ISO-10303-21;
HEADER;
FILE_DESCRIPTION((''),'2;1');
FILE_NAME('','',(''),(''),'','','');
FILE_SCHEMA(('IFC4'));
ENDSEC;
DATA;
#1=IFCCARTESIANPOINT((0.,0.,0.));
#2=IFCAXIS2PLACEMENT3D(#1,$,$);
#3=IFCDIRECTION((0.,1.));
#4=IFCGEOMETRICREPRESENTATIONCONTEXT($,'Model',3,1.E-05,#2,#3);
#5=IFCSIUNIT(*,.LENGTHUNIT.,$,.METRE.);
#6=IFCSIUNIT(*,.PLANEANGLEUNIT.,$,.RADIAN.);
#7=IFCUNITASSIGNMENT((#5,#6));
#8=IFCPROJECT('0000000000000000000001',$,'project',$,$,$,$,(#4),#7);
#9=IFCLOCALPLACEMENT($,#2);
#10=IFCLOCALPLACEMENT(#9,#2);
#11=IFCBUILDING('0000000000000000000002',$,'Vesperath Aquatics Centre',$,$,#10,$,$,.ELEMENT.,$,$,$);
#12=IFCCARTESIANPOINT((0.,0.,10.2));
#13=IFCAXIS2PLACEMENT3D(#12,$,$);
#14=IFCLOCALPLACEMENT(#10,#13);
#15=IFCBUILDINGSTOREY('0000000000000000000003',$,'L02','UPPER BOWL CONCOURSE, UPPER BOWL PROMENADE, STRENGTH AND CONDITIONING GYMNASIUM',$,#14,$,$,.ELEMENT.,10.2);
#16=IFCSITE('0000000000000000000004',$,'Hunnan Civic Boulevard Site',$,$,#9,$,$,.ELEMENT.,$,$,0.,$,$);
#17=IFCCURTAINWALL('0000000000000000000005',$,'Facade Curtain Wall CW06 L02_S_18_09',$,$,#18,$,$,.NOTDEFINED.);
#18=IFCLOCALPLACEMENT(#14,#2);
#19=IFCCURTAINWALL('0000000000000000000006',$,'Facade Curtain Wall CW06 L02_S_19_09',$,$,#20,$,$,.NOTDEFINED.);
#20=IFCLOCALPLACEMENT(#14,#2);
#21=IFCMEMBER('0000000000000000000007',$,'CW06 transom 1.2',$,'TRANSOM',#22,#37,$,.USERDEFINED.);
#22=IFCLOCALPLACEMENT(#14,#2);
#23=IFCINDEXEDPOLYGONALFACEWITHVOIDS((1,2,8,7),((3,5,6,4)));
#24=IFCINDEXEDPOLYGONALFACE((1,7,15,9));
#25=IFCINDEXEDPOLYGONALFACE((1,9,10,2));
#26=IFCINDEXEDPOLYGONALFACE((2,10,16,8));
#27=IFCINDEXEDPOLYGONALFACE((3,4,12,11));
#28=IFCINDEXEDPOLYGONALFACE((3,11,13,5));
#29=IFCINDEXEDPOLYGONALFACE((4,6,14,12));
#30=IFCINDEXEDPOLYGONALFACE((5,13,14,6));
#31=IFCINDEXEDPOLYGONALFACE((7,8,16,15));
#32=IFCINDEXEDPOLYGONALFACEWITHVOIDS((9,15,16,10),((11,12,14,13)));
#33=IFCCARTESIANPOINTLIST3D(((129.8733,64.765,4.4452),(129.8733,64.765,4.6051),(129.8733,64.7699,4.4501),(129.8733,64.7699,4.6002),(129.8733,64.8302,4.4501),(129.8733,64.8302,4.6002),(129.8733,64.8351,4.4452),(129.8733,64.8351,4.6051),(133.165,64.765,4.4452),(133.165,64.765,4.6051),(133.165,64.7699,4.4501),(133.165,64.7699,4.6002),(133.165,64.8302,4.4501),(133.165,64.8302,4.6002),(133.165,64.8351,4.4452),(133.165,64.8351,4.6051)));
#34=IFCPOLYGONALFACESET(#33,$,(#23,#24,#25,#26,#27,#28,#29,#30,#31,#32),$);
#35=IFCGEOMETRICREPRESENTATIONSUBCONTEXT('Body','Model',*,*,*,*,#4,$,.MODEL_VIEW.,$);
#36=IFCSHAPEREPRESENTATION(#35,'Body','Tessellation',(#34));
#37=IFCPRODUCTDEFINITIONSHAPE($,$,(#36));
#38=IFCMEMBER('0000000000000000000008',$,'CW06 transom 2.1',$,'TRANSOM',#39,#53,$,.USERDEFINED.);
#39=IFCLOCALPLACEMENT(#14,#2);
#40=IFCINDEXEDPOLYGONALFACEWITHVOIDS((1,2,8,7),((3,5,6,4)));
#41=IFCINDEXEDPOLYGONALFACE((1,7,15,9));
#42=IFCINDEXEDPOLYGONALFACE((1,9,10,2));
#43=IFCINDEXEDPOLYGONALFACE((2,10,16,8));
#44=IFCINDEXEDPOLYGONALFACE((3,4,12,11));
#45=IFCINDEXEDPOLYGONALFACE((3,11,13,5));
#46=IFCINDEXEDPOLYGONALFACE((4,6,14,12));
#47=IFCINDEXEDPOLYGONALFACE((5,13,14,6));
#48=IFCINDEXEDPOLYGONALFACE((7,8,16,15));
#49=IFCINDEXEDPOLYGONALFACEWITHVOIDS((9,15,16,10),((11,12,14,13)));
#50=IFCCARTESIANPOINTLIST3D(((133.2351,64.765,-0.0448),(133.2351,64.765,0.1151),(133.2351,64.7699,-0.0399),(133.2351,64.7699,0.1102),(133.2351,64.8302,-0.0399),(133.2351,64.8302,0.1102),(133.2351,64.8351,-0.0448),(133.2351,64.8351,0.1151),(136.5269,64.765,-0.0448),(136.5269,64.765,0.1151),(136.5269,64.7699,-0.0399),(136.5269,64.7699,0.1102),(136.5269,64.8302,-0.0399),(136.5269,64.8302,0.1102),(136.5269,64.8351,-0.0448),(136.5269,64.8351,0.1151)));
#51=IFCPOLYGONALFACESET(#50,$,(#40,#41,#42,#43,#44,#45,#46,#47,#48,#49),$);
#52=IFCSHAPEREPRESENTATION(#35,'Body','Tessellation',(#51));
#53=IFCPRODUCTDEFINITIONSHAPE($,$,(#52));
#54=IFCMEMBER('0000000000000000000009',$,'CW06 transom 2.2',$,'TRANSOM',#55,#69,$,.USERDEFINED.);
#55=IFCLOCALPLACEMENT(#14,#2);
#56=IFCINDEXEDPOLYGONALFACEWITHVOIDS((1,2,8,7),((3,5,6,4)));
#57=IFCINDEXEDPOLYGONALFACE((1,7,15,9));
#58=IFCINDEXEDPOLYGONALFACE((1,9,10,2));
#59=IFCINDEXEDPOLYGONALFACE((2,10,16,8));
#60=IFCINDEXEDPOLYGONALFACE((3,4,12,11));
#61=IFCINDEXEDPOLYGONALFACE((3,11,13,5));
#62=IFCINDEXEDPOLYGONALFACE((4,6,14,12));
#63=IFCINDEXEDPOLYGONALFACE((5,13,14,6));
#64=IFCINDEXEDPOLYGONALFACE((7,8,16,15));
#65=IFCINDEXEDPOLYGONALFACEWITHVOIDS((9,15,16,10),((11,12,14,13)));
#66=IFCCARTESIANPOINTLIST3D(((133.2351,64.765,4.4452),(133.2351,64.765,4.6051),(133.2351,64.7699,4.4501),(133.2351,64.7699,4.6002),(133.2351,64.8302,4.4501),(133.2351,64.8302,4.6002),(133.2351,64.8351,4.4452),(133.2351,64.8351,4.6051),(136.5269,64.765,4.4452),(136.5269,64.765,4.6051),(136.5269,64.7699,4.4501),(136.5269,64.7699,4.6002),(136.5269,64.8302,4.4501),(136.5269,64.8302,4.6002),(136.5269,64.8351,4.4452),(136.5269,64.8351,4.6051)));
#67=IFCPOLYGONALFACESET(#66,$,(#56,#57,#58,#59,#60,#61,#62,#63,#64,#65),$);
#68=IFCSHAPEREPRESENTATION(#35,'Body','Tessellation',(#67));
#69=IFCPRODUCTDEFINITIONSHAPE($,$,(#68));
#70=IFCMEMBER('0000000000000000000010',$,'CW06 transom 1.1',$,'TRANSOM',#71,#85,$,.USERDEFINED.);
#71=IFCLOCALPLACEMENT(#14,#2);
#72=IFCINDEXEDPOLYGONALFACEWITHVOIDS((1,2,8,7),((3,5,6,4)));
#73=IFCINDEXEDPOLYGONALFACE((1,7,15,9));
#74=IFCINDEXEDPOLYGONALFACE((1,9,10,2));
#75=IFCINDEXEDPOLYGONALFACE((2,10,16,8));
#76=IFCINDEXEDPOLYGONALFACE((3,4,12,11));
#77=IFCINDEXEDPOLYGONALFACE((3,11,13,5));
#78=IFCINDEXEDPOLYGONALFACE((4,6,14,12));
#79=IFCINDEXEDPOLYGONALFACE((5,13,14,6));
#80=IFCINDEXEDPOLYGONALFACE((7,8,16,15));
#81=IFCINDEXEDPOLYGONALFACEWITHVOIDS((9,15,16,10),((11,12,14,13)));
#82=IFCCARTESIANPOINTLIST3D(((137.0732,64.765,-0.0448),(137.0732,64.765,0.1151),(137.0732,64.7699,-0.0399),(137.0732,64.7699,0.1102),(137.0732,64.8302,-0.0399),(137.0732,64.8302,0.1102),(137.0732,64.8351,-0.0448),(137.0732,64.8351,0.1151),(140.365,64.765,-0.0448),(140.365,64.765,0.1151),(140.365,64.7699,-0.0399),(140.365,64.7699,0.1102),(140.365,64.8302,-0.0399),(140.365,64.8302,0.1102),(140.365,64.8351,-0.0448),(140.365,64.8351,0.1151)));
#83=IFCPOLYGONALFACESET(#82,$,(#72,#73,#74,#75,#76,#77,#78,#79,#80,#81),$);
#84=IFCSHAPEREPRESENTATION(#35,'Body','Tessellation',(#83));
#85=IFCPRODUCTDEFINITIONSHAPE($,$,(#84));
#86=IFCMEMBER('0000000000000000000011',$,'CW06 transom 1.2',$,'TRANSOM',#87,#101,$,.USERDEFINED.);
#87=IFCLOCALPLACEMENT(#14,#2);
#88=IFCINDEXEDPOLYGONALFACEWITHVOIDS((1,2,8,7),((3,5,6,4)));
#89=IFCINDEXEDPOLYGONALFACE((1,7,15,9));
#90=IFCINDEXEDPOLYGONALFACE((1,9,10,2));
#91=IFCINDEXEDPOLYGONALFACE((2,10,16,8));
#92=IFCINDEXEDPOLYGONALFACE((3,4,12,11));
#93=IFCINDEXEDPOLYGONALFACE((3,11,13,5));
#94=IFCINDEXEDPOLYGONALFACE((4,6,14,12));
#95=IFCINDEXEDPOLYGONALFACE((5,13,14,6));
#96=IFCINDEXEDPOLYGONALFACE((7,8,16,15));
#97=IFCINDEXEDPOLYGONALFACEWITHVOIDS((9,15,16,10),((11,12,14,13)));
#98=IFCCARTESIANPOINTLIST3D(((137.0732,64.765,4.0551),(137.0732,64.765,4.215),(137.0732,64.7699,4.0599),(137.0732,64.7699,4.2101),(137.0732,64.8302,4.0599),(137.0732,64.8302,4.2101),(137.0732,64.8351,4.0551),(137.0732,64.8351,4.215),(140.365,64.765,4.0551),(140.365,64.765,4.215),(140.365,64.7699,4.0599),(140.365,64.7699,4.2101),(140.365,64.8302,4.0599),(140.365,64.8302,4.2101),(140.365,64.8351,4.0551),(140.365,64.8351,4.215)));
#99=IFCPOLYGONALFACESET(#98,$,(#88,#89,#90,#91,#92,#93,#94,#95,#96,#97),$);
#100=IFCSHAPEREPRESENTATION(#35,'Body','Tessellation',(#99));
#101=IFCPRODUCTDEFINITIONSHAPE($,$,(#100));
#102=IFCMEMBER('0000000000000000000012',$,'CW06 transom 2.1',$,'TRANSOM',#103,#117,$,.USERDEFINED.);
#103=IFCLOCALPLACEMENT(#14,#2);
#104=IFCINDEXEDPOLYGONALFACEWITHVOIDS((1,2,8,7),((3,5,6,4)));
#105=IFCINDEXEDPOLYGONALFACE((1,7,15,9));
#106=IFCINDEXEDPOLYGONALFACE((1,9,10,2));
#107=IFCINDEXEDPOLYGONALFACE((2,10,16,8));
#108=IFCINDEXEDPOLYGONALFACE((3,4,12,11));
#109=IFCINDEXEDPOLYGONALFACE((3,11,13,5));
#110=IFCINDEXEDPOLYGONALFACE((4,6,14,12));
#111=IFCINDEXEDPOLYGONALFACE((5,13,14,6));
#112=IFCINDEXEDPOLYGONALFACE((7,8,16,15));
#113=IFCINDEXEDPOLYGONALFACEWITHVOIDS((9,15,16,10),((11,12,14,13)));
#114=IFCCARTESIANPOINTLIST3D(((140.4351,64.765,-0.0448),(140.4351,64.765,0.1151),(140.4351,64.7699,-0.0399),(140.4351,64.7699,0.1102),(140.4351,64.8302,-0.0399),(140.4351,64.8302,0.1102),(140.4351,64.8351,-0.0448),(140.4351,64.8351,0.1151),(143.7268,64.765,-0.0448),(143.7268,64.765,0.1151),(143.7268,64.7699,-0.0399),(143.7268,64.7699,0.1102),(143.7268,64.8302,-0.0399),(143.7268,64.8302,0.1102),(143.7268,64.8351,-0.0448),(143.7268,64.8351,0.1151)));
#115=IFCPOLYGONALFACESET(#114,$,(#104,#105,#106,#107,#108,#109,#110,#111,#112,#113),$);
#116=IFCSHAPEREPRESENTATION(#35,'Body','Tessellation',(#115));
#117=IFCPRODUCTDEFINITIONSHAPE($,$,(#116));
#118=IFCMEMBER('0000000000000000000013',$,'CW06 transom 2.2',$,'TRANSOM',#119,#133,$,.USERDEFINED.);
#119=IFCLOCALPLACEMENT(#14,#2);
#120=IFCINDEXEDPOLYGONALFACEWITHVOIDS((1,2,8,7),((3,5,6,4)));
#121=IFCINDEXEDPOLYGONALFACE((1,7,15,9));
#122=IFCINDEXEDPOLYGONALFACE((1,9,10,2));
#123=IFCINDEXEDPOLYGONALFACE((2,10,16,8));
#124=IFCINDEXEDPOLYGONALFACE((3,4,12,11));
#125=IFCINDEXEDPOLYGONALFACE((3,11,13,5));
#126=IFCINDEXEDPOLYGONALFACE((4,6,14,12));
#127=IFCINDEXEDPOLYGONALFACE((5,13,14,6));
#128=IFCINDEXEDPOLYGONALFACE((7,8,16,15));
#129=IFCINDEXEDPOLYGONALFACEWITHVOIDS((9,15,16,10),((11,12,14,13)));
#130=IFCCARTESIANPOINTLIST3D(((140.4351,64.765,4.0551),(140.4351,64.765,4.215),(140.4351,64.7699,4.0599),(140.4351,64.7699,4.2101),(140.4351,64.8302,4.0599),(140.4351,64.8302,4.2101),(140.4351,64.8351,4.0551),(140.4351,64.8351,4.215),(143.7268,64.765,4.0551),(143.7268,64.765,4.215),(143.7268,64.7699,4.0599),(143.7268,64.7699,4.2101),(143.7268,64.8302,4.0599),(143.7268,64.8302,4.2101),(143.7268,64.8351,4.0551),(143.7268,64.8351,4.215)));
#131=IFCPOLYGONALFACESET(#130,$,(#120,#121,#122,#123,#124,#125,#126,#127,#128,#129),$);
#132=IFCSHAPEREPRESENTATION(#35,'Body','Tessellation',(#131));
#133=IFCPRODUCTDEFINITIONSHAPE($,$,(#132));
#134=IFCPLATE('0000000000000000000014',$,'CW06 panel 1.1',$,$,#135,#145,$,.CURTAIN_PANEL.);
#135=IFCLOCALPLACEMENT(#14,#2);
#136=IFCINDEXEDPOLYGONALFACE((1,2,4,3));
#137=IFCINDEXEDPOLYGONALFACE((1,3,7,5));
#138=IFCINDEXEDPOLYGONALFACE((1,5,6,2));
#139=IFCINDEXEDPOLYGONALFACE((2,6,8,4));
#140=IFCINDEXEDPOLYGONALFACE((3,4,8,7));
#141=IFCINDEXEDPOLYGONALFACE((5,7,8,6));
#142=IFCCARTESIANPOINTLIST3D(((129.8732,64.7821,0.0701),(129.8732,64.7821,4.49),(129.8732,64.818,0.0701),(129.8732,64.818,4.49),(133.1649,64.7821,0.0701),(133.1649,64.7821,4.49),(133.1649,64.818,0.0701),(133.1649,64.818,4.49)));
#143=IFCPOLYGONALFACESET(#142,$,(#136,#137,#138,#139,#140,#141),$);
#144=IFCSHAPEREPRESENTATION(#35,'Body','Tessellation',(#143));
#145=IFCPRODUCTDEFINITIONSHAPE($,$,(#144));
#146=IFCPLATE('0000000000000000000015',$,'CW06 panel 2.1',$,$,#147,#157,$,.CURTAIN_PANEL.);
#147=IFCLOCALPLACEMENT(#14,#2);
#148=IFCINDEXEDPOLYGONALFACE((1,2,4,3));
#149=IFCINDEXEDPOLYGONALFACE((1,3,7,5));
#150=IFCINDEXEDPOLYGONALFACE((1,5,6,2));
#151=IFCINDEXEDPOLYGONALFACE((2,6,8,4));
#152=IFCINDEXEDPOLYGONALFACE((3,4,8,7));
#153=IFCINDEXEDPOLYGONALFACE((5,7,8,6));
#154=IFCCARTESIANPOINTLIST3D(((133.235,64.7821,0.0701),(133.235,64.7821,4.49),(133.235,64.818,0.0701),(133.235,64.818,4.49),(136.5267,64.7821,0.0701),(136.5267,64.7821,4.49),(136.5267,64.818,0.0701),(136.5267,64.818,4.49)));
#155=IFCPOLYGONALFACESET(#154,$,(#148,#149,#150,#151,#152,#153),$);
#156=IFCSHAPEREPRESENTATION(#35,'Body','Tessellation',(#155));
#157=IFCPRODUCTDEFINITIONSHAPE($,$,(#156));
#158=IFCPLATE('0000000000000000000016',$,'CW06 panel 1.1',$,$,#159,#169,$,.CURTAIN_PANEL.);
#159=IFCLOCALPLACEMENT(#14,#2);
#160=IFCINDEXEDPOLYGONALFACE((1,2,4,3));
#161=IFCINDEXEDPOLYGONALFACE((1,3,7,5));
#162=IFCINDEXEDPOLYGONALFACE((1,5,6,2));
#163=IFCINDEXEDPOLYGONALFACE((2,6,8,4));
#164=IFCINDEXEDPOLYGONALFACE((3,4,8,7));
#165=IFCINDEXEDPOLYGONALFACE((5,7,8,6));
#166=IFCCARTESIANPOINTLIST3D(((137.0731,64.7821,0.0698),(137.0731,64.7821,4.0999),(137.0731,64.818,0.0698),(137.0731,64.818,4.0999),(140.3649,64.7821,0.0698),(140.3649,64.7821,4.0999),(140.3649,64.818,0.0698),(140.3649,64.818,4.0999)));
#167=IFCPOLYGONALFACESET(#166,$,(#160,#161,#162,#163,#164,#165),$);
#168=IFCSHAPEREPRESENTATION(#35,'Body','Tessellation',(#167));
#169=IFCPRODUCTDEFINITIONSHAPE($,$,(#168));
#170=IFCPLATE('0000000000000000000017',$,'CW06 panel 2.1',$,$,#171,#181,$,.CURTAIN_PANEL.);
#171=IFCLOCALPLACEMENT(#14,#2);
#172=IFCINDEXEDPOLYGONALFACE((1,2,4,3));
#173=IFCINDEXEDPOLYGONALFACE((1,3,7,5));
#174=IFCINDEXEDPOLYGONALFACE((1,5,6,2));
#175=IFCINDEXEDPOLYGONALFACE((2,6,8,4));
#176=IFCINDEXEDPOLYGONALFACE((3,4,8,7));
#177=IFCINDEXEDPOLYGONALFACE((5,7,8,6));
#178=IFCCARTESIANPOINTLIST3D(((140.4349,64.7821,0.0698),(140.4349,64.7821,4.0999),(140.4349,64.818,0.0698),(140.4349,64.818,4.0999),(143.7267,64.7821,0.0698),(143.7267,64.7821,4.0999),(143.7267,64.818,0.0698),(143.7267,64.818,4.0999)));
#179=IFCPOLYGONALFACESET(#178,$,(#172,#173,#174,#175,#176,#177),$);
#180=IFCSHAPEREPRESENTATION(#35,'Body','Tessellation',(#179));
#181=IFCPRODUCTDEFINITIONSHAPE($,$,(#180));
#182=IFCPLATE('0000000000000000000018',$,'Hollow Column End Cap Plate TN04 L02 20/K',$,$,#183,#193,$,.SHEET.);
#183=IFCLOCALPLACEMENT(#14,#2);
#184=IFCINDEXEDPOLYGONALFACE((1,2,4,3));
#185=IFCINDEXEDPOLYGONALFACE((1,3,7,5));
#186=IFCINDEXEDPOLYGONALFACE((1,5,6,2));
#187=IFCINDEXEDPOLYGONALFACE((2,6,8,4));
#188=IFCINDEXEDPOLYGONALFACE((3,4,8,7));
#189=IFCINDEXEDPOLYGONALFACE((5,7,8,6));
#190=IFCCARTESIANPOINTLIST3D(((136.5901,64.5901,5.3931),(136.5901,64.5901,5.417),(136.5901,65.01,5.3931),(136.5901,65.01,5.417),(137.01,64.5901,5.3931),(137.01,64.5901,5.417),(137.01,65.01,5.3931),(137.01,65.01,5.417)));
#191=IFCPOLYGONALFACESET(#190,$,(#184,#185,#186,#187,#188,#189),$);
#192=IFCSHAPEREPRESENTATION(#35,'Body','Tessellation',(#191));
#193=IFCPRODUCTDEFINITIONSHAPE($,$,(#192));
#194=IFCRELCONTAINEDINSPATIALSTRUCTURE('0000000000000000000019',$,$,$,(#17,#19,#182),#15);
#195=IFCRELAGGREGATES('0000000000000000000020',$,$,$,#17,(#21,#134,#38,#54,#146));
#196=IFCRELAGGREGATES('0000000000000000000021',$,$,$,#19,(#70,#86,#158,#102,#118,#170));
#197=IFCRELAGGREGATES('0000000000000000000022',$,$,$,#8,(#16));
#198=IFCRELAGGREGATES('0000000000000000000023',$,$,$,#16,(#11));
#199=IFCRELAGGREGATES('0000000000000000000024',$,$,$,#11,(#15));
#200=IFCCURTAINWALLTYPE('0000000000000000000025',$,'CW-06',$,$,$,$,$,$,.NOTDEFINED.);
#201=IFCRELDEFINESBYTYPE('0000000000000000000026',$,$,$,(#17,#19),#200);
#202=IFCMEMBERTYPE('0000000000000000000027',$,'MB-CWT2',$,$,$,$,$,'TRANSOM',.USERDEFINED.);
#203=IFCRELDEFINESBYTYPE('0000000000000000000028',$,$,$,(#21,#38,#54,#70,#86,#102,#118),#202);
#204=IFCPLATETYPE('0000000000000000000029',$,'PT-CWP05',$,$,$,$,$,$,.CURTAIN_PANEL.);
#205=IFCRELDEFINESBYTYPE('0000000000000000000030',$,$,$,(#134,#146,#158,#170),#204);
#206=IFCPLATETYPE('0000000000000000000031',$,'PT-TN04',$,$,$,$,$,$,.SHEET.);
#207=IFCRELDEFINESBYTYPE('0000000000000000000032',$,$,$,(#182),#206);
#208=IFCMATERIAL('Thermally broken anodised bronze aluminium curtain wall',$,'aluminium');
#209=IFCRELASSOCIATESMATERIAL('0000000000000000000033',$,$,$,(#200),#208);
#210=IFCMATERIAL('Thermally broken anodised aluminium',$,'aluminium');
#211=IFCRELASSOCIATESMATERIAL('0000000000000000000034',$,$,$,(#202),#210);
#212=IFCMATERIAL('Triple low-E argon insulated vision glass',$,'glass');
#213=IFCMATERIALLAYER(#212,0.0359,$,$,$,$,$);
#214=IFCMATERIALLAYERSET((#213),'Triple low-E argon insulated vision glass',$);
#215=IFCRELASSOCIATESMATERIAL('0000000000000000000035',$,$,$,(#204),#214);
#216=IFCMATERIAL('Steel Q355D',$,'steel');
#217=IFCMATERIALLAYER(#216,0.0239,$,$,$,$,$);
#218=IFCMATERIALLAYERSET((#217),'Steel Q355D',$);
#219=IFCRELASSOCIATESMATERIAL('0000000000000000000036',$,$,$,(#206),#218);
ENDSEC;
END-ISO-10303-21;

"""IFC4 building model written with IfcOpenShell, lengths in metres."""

from ifc_helpers import new_model, si_unit, direction, frame, origin, origin_2d, place, context, subcontext, project, spatial, rectangle, hollow_rectangle, extrude, material, layer, layer_set, material_profile, profile_set, type_object, element, aggregate, save


model = new_model("IFC4")

# Units and contexts
model_context = context("Model", 3, precision=1e-05, world=origin(), true_north=direction((0.0, 1.0)))
body_context = subcontext(model_context, "Body", "Model", "MODEL_VIEW")
ifc_project = project(units=[si_unit("LENGTHUNIT", "METRE"), si_unit("PLANEANGLEUNIT", "RADIAN")], contexts=[model_context])

# Site, building, storey
site_placement = place(None, origin())
site = spatial("IfcSite", under=ifc_project, at=site_placement, Name="Hunnan Civic Boulevard Site", CompositionType="ELEMENT", RefElevation=0.0)
building_placement = place(site_placement, origin())
building = spatial("IfcBuilding", under=site, at=building_placement, Name="Vesperath Aquatics Centre", CompositionType="ELEMENT")
storey_placement = place(building_placement, frame((0.0, 0.0, 10.2)))
storey = spatial("IfcBuildingStorey", under=building, at=storey_placement, Name="L02", Description="UPPER BOWL CONCOURSE, UPPER BOWL PROMENADE, STRENGTH AND CONDITIONING GYMNASIUM", CompositionType="ELEMENT", Elevation=10.2)

# Shared definitions
ifc_material_1 = material(Name="Steel Q355D", Category="steel")

# Curtain walls
ifc_material_2 = material(Name="Thermally broken anodised bronze aluminium curtain wall", Category="aluminium")
curtain_wall_type = type_object("IfcCurtainWallType", Name="CW-06", PredefinedType="NOTDEFINED", material=ifc_material_2)
curtain_wall_1_placement = place(storey_placement, origin())
curtain_wall_1 = element("IfcCurtainWall", 1, at=curtain_wall_1_placement, inside=storey, type_object=curtain_wall_type, Name="Facade Curtain Wall CW06 L02_S_18_09", PredefinedType="NOTDEFINED")
ifc_material_3 = material(Name="Thermally broken anodised aluminium", Category="aluminium")
curtain_wall_2_placement = place(storey_placement, origin())
curtain_wall_2 = element("IfcCurtainWall", 2, at=curtain_wall_2_placement, inside=storey, type_object=curtain_wall_type, Name="Facade Curtain Wall CW06 L02_S_19_09", PredefinedType="NOTDEFINED")

# Members
ifc_material_profile_1 = material_profile(ifc_material_3, hollow_rectangle(XDim=0.0701, YDim=0.1599, WallThickness=0.0049, at=origin_2d()), Name="CWT 70x160x5")
ifc_profile_set_1 = profile_set([ifc_material_profile_1], Name="Thermally broken anodised aluminium")
member_type_1 = type_object("IfcMemberType", Name="MB-CWT2", ElementType="TRANSOM", PredefinedType="USERDEFINED", material=ifc_profile_set_1)
member_1_placement = place(storey_placement, frame((129.8733, 64.8, 4.5251), z_axis=(1.0, 0.0, 0.0), x_axis=(0.0, 1.0, 0.0)))
member_1 = element("IfcMember", 3, at=member_1_placement, type_object=member_type_1, Name="CW06 transom 1.2", ObjectType="TRANSOM", PredefinedType="USERDEFINED", context=body_context, shape_type="SweptSolid", body=[
    extrude(hollow_rectangle(XDim=0.0701, YDim=0.1599, WallThickness=0.0049, at=origin_2d()), origin(), (0.0, 0.0, 1.0), 3.2917),
])
member_2_placement = place(storey_placement, frame((133.2351, 64.8, 0.0352), z_axis=(1.0, 0.0, 0.0), x_axis=(0.0, 1.0, 0.0)))
member_2 = element("IfcMember", 4, at=member_2_placement, type_object=member_type_1, Name="CW06 transom 2.1", ObjectType="TRANSOM", PredefinedType="USERDEFINED", context=body_context, shape_type="SweptSolid", body=[
    extrude(hollow_rectangle(XDim=0.0701, YDim=0.1599, WallThickness=0.0049, at=origin_2d()), origin(), (0.0, 0.0, 1.0), 3.2917),
])
member_3_placement = place(storey_placement, frame((133.2351, 64.8, 4.5251), z_axis=(1.0, 0.0, 0.0), x_axis=(0.0, 1.0, 0.0)))
member_3 = element("IfcMember", 5, at=member_3_placement, type_object=member_type_1, Name="CW06 transom 2.2", ObjectType="TRANSOM", PredefinedType="USERDEFINED", context=body_context, shape_type="SweptSolid", body=[
    extrude(hollow_rectangle(XDim=0.0701, YDim=0.1599, WallThickness=0.0049, at=origin_2d()), origin(), (0.0, 0.0, 1.0), 3.2917),
])
member_4_placement = place(storey_placement, frame((137.0732, 64.8, 0.0352), z_axis=(1.0, 0.0, 0.0), x_axis=(0.0, 1.0, 0.0)))
member_4 = element("IfcMember", 6, at=member_4_placement, type_object=member_type_1, Name="CW06 transom 1.1", ObjectType="TRANSOM", PredefinedType="USERDEFINED", context=body_context, shape_type="SweptSolid", body=[
    extrude(hollow_rectangle(XDim=0.0701, YDim=0.1599, WallThickness=0.0049, at=origin_2d()), origin(), (0.0, 0.0, 1.0), 3.2917),
])
member_5_placement = place(storey_placement, frame((137.0732, 64.8, 4.135), z_axis=(1.0, 0.0, 0.0), x_axis=(0.0, 1.0, 0.0)))
member_5 = element("IfcMember", 7, at=member_5_placement, type_object=member_type_1, Name="CW06 transom 1.2", ObjectType="TRANSOM", PredefinedType="USERDEFINED", context=body_context, shape_type="SweptSolid", body=[
    extrude(hollow_rectangle(XDim=0.0701, YDim=0.1599, WallThickness=0.0049, at=origin_2d()), origin(), (0.0, 0.0, 1.0), 3.2917),
])
member_6_placement = place(storey_placement, frame((140.4351, 64.8, 0.0352), z_axis=(1.0, 0.0, 0.0), x_axis=(0.0, 1.0, 0.0)))
member_6 = element("IfcMember", 8, at=member_6_placement, type_object=member_type_1, Name="CW06 transom 2.1", ObjectType="TRANSOM", PredefinedType="USERDEFINED", context=body_context, shape_type="SweptSolid", body=[
    extrude(hollow_rectangle(XDim=0.0701, YDim=0.1599, WallThickness=0.0049, at=origin_2d()), origin(), (0.0, 0.0, 1.0), 3.2917),
])
member_7_placement = place(storey_placement, frame((140.4351, 64.8, 4.135), z_axis=(1.0, 0.0, 0.0), x_axis=(0.0, 1.0, 0.0)))
member_7 = element("IfcMember", 9, at=member_7_placement, type_object=member_type_1, Name="CW06 transom 2.2", ObjectType="TRANSOM", PredefinedType="USERDEFINED", context=body_context, shape_type="SweptSolid", body=[
    extrude(hollow_rectangle(XDim=0.0701, YDim=0.1599, WallThickness=0.0049, at=origin_2d()), origin(), (0.0, 0.0, 1.0), 3.2917),
])

# Plates
ifc_material_4 = material(Name="Triple low-E argon insulated vision glass", Category="glass")
ifc_layer_1 = layer(ifc_material_4, 0.0359)
ifc_layer_set_1 = layer_set([ifc_layer_1], Name="Triple low-E argon insulated vision glass")
plate_type_1 = type_object("IfcPlateType", Name="PT-CWP05", PredefinedType="CURTAIN_PANEL", material=ifc_layer_set_1)
plate_1_placement = place(storey_placement, frame((131.519, 64.8, 0.0701), z_axis=(0.0, 0.0, 1.0), x_axis=(1.0, 0.0, 0.0)))
plate_1 = element("IfcPlate", 10, at=plate_1_placement, type_object=plate_type_1, Name="CW06 panel 1.1", PredefinedType="CURTAIN_PANEL", context=body_context, shape_type="SweptSolid", body=[
    extrude(rectangle(XDim=3.2917, YDim=0.0359, at=origin_2d()), origin(), (0.0, 0.0, 1.0), 4.4199),
])
plate_2_placement = place(storey_placement, frame((134.8809, 64.8, 0.0701), z_axis=(0.0, 0.0, 1.0), x_axis=(1.0, 0.0, 0.0)))
plate_2 = element("IfcPlate", 11, at=plate_2_placement, type_object=plate_type_1, Name="CW06 panel 2.1", PredefinedType="CURTAIN_PANEL", context=body_context, shape_type="SweptSolid", body=[
    extrude(rectangle(XDim=3.2917, YDim=0.0359, at=origin_2d()), origin(), (0.0, 0.0, 1.0), 4.4199),
])
aggregate(curtain_wall_1, [member_1, plate_1, member_2, member_3, plate_2])
plate_3_placement = place(storey_placement, frame((138.719, 64.8, 0.0698), z_axis=(0.0, 0.0, 1.0), x_axis=(1.0, 0.0, 0.0)))
plate_3 = element("IfcPlate", 12, at=plate_3_placement, type_object=plate_type_1, Name="CW06 panel 1.1", PredefinedType="CURTAIN_PANEL", context=body_context, shape_type="SweptSolid", body=[
    extrude(rectangle(XDim=3.2917, YDim=0.0359, at=origin_2d()), origin(), (0.0, 0.0, 1.0), 4.03),
])
plate_4_placement = place(storey_placement, frame((142.0808, 64.8, 0.0698), z_axis=(0.0, 0.0, 1.0), x_axis=(1.0, 0.0, 0.0)))
plate_4 = element("IfcPlate", 13, at=plate_4_placement, type_object=plate_type_1, Name="CW06 panel 2.1", PredefinedType="CURTAIN_PANEL", context=body_context, shape_type="SweptSolid", body=[
    extrude(rectangle(XDim=3.2917, YDim=0.0359, at=origin_2d()), origin(), (0.0, 0.0, 1.0), 4.03),
])
aggregate(curtain_wall_2, [member_4, member_5, plate_3, member_6, member_7, plate_4])

# Plate
ifc_layer_2 = layer(ifc_material_1, 0.0239)
ifc_layer_set_2 = layer_set([ifc_layer_2], Name="Steel Q355D")
plate_type_2 = type_object("IfcPlateType", Name="PT-TN04", PredefinedType="SHEET", material=ifc_layer_set_2)
for number, where, z_axis, x_axis, name in (
    (14, (136.8, 64.8, 5.3931), (0.0, 0.0, 1.0), (1.0, 0.0, 0.0), "Hollow Column End Cap Plate TN04 L02 20/K"),
):
    element("IfcPlate", number, at=place(storey_placement, frame(where, z_axis=z_axis, x_axis=x_axis)), inside=storey, type_object=plate_type_2, Name=name, PredefinedType="SHEET", context=body_context, shape_type="SweptSolid", body=[
        extrude(rectangle(XDim=0.4199, YDim=0.4199, at=origin_2d()), origin(), (0.0, 0.0, 1.0), 0.0239),
    ])

save(model, "model.ifc")
